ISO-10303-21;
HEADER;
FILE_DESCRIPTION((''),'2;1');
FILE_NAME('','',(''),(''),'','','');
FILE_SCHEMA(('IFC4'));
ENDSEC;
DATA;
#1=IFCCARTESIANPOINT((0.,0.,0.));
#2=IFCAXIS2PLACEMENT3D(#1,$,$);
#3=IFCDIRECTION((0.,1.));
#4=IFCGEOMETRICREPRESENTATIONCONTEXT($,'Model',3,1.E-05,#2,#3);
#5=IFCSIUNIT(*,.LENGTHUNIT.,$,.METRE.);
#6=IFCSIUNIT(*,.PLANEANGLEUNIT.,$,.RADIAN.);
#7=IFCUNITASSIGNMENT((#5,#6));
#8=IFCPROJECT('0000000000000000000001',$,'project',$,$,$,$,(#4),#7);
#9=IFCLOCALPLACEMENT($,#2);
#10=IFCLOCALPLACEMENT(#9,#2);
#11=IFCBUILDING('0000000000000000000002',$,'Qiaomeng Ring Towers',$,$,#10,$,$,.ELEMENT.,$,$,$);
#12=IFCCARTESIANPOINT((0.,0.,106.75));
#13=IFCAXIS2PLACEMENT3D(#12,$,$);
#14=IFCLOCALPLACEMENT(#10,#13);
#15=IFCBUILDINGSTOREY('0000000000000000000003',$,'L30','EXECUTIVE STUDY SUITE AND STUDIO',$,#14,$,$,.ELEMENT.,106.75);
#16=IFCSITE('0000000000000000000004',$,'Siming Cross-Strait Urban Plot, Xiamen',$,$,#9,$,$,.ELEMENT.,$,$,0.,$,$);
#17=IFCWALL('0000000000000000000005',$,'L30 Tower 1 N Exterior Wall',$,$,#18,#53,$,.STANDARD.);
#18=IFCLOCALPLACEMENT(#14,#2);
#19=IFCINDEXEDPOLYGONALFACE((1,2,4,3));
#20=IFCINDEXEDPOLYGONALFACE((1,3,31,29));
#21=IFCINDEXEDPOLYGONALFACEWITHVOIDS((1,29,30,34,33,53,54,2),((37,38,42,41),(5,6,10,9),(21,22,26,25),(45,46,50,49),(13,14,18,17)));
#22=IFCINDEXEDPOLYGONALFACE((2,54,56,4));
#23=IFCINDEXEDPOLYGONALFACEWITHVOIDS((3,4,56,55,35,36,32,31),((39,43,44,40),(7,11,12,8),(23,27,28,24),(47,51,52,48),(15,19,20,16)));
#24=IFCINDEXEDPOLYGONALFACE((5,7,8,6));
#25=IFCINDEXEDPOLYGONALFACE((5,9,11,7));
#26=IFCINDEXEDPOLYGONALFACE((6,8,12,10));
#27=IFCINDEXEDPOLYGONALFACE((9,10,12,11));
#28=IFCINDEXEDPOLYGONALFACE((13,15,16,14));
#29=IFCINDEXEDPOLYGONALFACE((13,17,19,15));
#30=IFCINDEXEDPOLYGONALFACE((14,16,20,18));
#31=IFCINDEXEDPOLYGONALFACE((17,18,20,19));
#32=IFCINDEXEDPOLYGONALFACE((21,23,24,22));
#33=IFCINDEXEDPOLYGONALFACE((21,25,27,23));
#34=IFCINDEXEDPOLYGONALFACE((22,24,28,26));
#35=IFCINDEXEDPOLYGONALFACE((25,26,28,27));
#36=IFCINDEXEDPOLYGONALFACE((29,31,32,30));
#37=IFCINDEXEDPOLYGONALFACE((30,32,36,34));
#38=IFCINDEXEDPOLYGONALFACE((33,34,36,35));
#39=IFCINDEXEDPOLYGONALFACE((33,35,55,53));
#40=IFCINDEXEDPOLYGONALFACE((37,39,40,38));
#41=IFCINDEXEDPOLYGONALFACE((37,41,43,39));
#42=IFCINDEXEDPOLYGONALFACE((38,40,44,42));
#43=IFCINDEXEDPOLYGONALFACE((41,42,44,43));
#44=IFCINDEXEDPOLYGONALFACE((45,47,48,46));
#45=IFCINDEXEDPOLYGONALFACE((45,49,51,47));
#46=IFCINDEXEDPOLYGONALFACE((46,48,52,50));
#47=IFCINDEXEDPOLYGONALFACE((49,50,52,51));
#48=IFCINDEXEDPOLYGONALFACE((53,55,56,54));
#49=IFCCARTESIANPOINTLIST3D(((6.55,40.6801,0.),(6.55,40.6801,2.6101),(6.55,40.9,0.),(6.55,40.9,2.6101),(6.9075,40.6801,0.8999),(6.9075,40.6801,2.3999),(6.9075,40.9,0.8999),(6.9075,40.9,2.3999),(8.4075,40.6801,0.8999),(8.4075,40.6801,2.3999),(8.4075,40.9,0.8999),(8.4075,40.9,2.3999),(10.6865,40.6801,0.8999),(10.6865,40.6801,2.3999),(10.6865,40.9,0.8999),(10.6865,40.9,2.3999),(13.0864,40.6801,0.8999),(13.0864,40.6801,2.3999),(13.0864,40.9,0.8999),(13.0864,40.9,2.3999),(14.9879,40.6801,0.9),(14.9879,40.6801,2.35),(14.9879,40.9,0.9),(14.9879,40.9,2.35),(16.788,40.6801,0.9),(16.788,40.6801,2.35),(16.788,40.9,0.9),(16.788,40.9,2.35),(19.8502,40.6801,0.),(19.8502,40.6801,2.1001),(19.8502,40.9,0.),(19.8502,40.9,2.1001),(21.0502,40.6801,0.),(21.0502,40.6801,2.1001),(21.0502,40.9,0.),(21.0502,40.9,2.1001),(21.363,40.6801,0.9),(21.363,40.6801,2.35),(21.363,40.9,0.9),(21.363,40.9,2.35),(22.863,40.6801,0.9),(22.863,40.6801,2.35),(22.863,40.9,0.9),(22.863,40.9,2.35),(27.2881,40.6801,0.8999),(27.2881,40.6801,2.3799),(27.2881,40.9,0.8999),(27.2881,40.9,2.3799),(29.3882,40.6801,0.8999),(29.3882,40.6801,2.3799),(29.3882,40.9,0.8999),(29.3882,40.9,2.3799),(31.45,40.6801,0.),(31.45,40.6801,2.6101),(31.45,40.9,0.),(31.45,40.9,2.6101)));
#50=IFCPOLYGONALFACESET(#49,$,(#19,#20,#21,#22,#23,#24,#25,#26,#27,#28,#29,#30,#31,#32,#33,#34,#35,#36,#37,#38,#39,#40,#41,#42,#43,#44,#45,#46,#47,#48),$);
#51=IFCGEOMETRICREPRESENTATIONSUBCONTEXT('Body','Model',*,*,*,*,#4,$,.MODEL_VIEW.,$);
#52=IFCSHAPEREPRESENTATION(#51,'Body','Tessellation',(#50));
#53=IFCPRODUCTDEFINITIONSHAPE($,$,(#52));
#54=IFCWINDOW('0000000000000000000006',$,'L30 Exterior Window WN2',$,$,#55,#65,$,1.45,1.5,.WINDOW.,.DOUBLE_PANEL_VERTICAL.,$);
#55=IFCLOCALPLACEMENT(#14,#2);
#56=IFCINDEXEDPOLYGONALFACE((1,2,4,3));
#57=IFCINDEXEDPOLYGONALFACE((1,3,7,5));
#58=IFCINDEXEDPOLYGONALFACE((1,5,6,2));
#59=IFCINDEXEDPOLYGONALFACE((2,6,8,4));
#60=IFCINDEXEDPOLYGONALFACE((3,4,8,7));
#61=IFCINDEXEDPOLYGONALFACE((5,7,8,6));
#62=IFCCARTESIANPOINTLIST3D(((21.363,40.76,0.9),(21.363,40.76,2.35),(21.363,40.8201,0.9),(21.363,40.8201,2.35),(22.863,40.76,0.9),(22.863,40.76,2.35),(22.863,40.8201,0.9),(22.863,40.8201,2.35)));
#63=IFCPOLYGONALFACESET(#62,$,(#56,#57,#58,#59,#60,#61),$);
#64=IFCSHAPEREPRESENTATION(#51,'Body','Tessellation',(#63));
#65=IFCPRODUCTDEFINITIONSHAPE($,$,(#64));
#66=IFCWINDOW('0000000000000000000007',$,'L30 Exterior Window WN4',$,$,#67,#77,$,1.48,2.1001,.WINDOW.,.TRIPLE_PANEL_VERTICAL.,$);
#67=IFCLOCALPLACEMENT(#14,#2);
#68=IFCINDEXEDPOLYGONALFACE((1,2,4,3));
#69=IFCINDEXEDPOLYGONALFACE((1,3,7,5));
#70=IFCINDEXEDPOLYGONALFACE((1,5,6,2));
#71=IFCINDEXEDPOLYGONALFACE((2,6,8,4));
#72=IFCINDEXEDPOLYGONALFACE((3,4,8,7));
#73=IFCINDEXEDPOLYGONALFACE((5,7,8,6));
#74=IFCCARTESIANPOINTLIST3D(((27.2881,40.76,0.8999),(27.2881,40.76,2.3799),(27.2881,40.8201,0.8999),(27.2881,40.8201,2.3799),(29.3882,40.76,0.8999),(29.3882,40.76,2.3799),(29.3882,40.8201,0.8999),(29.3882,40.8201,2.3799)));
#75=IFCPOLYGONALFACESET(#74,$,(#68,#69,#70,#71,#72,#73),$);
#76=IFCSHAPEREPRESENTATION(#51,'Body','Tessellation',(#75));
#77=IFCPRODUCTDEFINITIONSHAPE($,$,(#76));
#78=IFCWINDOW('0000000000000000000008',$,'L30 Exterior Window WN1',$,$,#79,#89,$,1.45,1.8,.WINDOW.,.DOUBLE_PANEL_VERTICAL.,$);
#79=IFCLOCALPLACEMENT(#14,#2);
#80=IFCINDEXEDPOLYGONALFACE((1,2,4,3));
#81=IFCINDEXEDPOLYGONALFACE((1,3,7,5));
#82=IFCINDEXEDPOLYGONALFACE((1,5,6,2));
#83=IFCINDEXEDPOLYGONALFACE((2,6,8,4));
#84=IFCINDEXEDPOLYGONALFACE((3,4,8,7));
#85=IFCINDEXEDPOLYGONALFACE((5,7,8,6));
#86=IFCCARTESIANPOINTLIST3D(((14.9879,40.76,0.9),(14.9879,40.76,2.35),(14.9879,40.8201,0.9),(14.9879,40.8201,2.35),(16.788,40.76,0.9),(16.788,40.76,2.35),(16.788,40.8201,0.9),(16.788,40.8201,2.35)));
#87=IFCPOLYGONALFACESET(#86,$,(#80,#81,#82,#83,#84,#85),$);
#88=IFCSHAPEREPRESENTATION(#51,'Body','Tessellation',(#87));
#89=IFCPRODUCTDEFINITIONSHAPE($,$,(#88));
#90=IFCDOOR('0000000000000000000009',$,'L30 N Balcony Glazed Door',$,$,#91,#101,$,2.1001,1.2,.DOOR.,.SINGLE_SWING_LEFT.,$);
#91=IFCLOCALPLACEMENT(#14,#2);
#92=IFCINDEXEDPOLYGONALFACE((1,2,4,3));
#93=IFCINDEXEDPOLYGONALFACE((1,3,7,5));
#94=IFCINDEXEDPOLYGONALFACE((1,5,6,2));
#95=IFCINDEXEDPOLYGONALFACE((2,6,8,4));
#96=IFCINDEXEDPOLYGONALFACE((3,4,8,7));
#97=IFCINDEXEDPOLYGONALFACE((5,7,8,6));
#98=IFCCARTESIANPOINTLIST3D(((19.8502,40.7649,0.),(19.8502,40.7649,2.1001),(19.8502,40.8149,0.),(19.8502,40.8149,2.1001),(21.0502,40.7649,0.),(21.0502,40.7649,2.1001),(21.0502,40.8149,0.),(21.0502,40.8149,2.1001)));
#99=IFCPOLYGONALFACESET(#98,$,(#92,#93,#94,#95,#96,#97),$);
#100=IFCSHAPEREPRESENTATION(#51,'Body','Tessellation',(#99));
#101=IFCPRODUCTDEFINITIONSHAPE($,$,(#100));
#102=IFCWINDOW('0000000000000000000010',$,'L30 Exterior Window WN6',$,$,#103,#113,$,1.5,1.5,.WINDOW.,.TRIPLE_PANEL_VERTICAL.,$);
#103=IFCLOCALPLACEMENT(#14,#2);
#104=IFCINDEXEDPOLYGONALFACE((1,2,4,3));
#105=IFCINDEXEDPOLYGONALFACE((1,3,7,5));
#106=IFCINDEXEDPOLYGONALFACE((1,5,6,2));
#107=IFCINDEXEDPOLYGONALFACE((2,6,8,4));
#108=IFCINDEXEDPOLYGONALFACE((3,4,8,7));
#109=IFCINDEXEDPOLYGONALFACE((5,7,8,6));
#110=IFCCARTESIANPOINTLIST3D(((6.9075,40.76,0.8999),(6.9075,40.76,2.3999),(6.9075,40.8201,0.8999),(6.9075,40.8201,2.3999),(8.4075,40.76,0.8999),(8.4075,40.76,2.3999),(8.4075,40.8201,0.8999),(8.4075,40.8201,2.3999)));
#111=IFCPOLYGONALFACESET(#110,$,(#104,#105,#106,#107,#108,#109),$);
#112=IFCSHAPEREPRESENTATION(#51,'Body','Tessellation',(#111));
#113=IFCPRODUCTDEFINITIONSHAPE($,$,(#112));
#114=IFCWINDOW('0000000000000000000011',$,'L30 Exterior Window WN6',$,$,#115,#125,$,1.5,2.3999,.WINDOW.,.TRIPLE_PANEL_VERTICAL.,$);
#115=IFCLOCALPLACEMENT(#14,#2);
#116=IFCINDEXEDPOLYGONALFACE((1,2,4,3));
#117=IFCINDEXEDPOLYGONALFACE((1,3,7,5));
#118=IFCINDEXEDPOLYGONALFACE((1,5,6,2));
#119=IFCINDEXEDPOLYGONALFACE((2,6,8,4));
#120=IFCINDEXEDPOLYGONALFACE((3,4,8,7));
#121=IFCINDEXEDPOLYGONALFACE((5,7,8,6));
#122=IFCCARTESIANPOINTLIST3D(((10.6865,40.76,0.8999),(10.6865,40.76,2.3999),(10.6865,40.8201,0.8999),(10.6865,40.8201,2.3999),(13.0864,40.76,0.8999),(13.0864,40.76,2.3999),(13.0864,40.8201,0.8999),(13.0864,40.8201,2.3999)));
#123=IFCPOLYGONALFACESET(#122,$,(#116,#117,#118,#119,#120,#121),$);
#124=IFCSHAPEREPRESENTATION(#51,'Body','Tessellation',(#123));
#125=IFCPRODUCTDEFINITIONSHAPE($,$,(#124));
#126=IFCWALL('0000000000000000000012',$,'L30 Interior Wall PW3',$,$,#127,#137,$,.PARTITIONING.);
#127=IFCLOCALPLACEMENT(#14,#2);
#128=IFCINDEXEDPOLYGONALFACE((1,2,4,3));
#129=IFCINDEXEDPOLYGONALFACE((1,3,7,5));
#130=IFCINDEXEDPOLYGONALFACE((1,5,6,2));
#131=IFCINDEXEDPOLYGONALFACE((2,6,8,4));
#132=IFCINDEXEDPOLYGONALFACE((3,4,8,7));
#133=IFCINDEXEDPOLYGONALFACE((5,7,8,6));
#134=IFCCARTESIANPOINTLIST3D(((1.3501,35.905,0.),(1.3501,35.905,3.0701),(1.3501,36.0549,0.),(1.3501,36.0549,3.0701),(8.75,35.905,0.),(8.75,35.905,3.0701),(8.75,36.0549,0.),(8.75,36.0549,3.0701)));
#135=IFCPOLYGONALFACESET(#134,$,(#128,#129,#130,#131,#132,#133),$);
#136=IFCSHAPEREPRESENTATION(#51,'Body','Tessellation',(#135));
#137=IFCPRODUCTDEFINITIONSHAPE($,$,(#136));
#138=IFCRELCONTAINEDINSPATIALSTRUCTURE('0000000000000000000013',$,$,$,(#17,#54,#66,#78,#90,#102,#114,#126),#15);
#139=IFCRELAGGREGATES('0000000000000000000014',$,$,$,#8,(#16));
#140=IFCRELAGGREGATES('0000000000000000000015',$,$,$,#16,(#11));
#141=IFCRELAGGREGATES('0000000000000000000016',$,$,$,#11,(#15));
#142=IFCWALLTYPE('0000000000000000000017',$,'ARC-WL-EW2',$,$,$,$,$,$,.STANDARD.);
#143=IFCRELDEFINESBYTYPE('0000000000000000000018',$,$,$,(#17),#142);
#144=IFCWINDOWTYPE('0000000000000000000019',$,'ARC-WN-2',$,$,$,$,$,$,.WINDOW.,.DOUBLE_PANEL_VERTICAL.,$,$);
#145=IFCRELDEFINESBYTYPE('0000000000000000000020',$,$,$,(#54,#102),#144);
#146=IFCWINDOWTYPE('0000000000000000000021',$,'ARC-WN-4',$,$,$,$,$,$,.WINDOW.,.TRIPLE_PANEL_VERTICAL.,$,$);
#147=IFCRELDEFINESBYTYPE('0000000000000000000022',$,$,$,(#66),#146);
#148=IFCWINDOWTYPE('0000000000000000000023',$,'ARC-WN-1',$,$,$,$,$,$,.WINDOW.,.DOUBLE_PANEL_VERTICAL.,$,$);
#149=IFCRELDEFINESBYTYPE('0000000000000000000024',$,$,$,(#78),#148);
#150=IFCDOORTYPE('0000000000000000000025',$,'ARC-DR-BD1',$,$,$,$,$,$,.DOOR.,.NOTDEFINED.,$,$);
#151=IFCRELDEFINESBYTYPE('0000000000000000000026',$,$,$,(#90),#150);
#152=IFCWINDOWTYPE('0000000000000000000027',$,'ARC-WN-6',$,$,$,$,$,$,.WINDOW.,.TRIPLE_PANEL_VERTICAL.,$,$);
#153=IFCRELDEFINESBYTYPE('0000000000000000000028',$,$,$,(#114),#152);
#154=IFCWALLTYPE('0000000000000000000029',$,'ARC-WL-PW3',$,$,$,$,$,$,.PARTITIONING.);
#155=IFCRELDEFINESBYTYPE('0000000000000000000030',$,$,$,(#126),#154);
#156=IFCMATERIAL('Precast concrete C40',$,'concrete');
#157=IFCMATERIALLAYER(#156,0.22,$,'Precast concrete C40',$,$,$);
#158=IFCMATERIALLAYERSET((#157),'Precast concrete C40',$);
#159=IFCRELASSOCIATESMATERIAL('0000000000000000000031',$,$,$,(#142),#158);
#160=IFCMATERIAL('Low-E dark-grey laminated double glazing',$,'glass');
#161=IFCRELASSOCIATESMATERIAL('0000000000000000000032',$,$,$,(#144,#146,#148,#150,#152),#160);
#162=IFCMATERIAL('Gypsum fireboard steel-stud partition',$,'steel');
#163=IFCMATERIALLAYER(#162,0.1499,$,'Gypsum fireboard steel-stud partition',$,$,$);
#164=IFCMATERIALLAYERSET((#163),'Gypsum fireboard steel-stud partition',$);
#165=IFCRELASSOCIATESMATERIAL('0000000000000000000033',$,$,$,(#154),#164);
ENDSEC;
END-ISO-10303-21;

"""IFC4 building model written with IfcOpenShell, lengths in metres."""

from ifc_helpers import new_model, si_unit, direction, frame, frame_2d, origin, place, context, subcontext, project, spatial, rectangle, extrude, source, transform, mapped, material, layer, layer_set, type_object, element, fill, save


model = new_model("IFC4")

# Units and contexts
model_context = context("Model", 3, precision=1e-05, world=origin(), true_north=direction((0.0, 1.0)))
body_context = subcontext(model_context, "Body", "Model", "MODEL_VIEW")
ifc_project = project(units=[si_unit("LENGTHUNIT", "METRE"), si_unit("PLANEANGLEUNIT", "RADIAN")], contexts=[model_context])

# Site, building, storey
site_placement = place(None, origin())
site = spatial("IfcSite", under=ifc_project, at=site_placement, Name="Siming Cross-Strait Urban Plot, Xiamen", CompositionType="ELEMENT", RefElevation=0.0)
building_placement = place(site_placement, origin())
building = spatial("IfcBuilding", under=site, at=building_placement, Name="Qiaomeng Ring Towers", CompositionType="ELEMENT")
storey_placement = place(building_placement, frame((0.0, 0.0, 106.75)))
storey = spatial("IfcBuildingStorey", under=building, at=storey_placement, Name="L30", Description="EXECUTIVE STUDY SUITE AND STUDIO", CompositionType="ELEMENT", Elevation=106.75)

# Shared definitions
ifc_material_1 = material(Name="Low-E dark-grey laminated double glazing", Category="glass")

# Wall, openings, windows, door
ifc_material_2 = material(Name="Precast concrete C40", Category="concrete")
ifc_layer_1 = layer(ifc_material_2, 0.22, Name="Precast concrete C40")
ifc_layer_set_1 = layer_set([ifc_layer_1], Name="Precast concrete C40")
wall_type_1 = type_object("IfcWallType", Name="ARC-WL-EW2", PredefinedType="STANDARD", material=ifc_layer_set_1)
wall_1_placement = place(storey_placement, frame((6.55, 40.79, 0.0), z_axis=(0.0, 0.0, 1.0), x_axis=(1.0, 0.0, 0.0)))
wall_1 = element("IfcWall", 1, at=wall_1_placement, inside=storey, type_object=wall_type_1, Name="L30 Tower 1 N Exterior Wall", PredefinedType="STANDARD", context=body_context, shape_type="SweptSolid", body=[
    extrude(rectangle(XDim=24.8999, YDim=0.22, at=frame_2d((12.45, 0.0))), origin(), (0.0, 0.0, 1.0), 2.6101),
])
opening_1_placement = place(wall_1_placement, frame((13.3, 0.0, 0.0)))
opening_1 = element("IfcOpeningElement", 2, at=opening_1_placement, cuts=wall_1, PredefinedType="OPENING", context=body_context, shape_type="SweptSolid", body=[
    extrude(rectangle(XDim=1.2, YDim=2.1001, at=frame_2d((0.6001, 1.05))), frame((0.0, 0.1199, 0.0), z_axis=(0.0, -1.0, 0.0), x_axis=(1.0, 0.0, 0.0)), (0.0, 0.0, 1.0), 0.24),
])
opening_2_placement = place(wall_1_placement, frame((0.3574, 0.0, 0.8999)))
opening_2 = element("IfcOpeningElement", 3, at=opening_2_placement, cuts=wall_1, PredefinedType="OPENING", context=body_context, shape_type="SweptSolid", body=[
    extrude(rectangle(XDim=1.5, YDim=1.5, at=frame_2d((0.75, 0.75))), frame((0.0, 0.1199, 0.0), z_axis=(0.0, -1.0, 0.0), x_axis=(1.0, 0.0, 0.0)), (0.0, 0.0, 1.0), 0.24),
])
opening_3_placement = place(wall_1_placement, frame((8.438, 0.0, 0.8999)))
opening_3 = element("IfcOpeningElement", 4, at=opening_3_placement, cuts=wall_1, PredefinedType="OPENING", context=body_context, shape_type="SweptSolid", body=[
    extrude(rectangle(XDim=1.8, YDim=1.45, at=frame_2d((0.8999, 0.7251))), frame((0.0, 0.1199, 0.0), z_axis=(0.0, -1.0, 0.0), x_axis=(1.0, 0.0, 0.0)), (0.0, 0.0, 1.0), 0.24),
])
opening_4_placement = place(wall_1_placement, frame((14.813, 0.0, 0.8999)))
opening_4 = element("IfcOpeningElement", 5, at=opening_4_placement, cuts=wall_1, PredefinedType="OPENING", context=body_context, shape_type="SweptSolid", body=[
    extrude(rectangle(XDim=1.5, YDim=1.45, at=frame_2d((0.75, 0.7251))), frame((0.0, 0.1199, 0.0), z_axis=(0.0, -1.0, 0.0), x_axis=(1.0, 0.0, 0.0)), (0.0, 0.0, 1.0), 0.24),
])
opening_5_placement = place(wall_1_placement, frame((20.738, 0.0, 0.8999)))
opening_5 = element("IfcOpeningElement", 6, at=opening_5_placement, cuts=wall_1, PredefinedType="OPENING", context=body_context, shape_type="SweptSolid", body=[
    extrude(rectangle(XDim=2.1001, YDim=1.48, at=frame_2d((1.05, 0.74))), frame((0.0, 0.1199, 0.0), z_axis=(0.0, -1.0, 0.0), x_axis=(1.0, 0.0, 0.0)), (0.0, 0.0, 1.0), 0.24),
])
opening_6_placement = place(wall_1_placement, frame((4.1365, 0.0, 0.8999)))
opening_6 = element("IfcOpeningElement", 7, at=opening_6_placement, cuts=wall_1, PredefinedType="OPENING", context=body_context, shape_type="SweptSolid", body=[
    extrude(rectangle(XDim=2.3999, YDim=1.5, at=frame_2d((1.2, 0.75))), frame((0.0, 0.1199, 0.0), z_axis=(0.0, -1.0, 0.0), x_axis=(1.0, 0.0, 0.0)), (0.0, 0.0, 1.0), 0.24),
])
window_type_1 = type_object("IfcWindowType", Name="ARC-WN-2", PartitioningType="DOUBLE_PANEL_VERTICAL", PredefinedType="WINDOW", material=ifc_material_1)
shared_shape_1 = source(origin(), body_context, "Body", "SweptSolid", [
    extrude(rectangle(XDim=1.5, YDim=1.45, at=frame_2d((0.75, 0.7251))), frame((0.0, 0.03, 0.0), z_axis=(0.0, -1.0, 0.0), x_axis=(1.0, 0.0, 0.0)), (0.0, 0.0, 1.0), 0.0601),
])
window_1_placement = place(opening_4_placement, origin())
window_1 = element("IfcWindow", 8, at=window_1_placement, inside=storey, type_object=window_type_1, Name="L30 Exterior Window WN2", OverallHeight=1.45, OverallWidth=1.5, PartitioningType="DOUBLE_PANEL_VERTICAL", PredefinedType="WINDOW", context=body_context, shape_type="MappedRepresentation", body=[
    mapped(shared_shape_1, transform((0.0, 0.0, 0.0), x_axis=(1.0, 0.0, 0.0), y_axis=(0.0, 1.0, 0.0), z_axis=(0.0, 0.0, 1.0), scale=1.0)),
])
fill(opening_4, window_1)
window_type_2 = type_object("IfcWindowType", Name="ARC-WN-4", PartitioningType="TRIPLE_PANEL_VERTICAL", PredefinedType="WINDOW", material=ifc_material_1)
shared_shape_2 = source(origin(), body_context, "Body", "SweptSolid", [
    extrude(rectangle(XDim=2.1001, YDim=1.48, at=frame_2d((1.05, 0.74))), frame((0.0, 0.03, 0.0), z_axis=(0.0, -1.0, 0.0), x_axis=(1.0, 0.0, 0.0)), (0.0, 0.0, 1.0), 0.0601),
])
window_2_placement = place(opening_5_placement, origin())
window_2 = element("IfcWindow", 9, at=window_2_placement, inside=storey, type_object=window_type_2, Name="L30 Exterior Window WN4", OverallHeight=1.48, OverallWidth=2.1001, PartitioningType="TRIPLE_PANEL_VERTICAL", PredefinedType="WINDOW", context=body_context, shape_type="MappedRepresentation", body=[
    mapped(shared_shape_2, transform((0.0, 0.0, 0.0), x_axis=(1.0, 0.0, 0.0), y_axis=(0.0, 1.0, 0.0), z_axis=(0.0, 0.0, 1.0), scale=1.0)),
])
fill(opening_5, window_2)
window_type_3 = type_object("IfcWindowType", Name="ARC-WN-1", PartitioningType="DOUBLE_PANEL_VERTICAL", PredefinedType="WINDOW", material=ifc_material_1)
shared_shape_3 = source(origin(), body_context, "Body", "SweptSolid", [
    extrude(rectangle(XDim=1.8, YDim=1.45, at=frame_2d((0.8999, 0.7251))), frame((0.0, 0.03, 0.0), z_axis=(0.0, -1.0, 0.0), x_axis=(1.0, 0.0, 0.0)), (0.0, 0.0, 1.0), 0.0601),
])
window_3_placement = place(opening_3_placement, origin())
window_3 = element("IfcWindow", 10, at=window_3_placement, inside=storey, type_object=window_type_3, Name="L30 Exterior Window WN1", OverallHeight=1.45, OverallWidth=1.8, PartitioningType="DOUBLE_PANEL_VERTICAL", PredefinedType="WINDOW", context=body_context, shape_type="MappedRepresentation", body=[
    mapped(shared_shape_3, transform((0.0, 0.0, 0.0), x_axis=(1.0, 0.0, 0.0), y_axis=(0.0, 1.0, 0.0), z_axis=(0.0, 0.0, 1.0), scale=1.0)),
])
fill(opening_3, window_3)
door_type = type_object("IfcDoorType", Name="ARC-DR-BD1", OperationType="NOTDEFINED", PredefinedType="DOOR", material=ifc_material_1)
shared_shape_4 = source(origin(), body_context, "Body", "SweptSolid", [
    extrude(rectangle(XDim=1.2, YDim=2.1001, at=frame_2d((0.6001, 1.05))), frame((0.0, 0.0249, 0.0), z_axis=(0.0, -1.0, 0.0), x_axis=(1.0, 0.0, 0.0)), (0.0, 0.0, 1.0), 0.05),
])
door_placement = place(opening_1_placement, origin())
door = element("IfcDoor", 11, at=door_placement, inside=storey, type_object=door_type, Name="L30 N Balcony Glazed Door", OperationType="SINGLE_SWING_LEFT", OverallHeight=2.1001, OverallWidth=1.2, PredefinedType="DOOR", context=body_context, shape_type="MappedRepresentation", body=[
    mapped(shared_shape_4, transform((0.0, 0.0, 0.0), x_axis=(1.0, 0.0, 0.0), y_axis=(0.0, 1.0, 0.0), z_axis=(0.0, 0.0, 1.0), scale=1.0)),
])
fill(opening_1, door)
shared_shape_5 = source(origin(), body_context, "Body", "SweptSolid", [
    extrude(rectangle(XDim=1.5, YDim=1.5, at=frame_2d((0.75, 0.75))), frame((0.0, 0.03, 0.0), z_axis=(0.0, -1.0, 0.0), x_axis=(1.0, 0.0, 0.0)), (0.0, 0.0, 1.0), 0.0601),
])
window_4_placement = place(opening_2_placement, origin())
window_4 = element("IfcWindow", 12, at=window_4_placement, inside=storey, type_object=window_type_1, Name="L30 Exterior Window WN6", OverallHeight=1.5, OverallWidth=1.5, PartitioningType="TRIPLE_PANEL_VERTICAL", PredefinedType="WINDOW", context=body_context, shape_type="MappedRepresentation", body=[
    mapped(shared_shape_5, transform((0.0, 0.0, 0.0), x_axis=(1.0, 0.0, 0.0), y_axis=(0.0, 1.0, 0.0), z_axis=(0.0, 0.0, 1.0), scale=1.0)),
])
fill(opening_2, window_4)
window_type_4 = type_object("IfcWindowType", Name="ARC-WN-6", PartitioningType="TRIPLE_PANEL_VERTICAL", PredefinedType="WINDOW", material=ifc_material_1)
shared_shape_6 = source(origin(), body_context, "Body", "SweptSolid", [
    extrude(rectangle(XDim=2.3999, YDim=1.5, at=frame_2d((1.2, 0.75))), frame((0.0, 0.03, 0.0), z_axis=(0.0, -1.0, 0.0), x_axis=(1.0, 0.0, 0.0)), (0.0, 0.0, 1.0), 0.0601),
])
window_5_placement = place(opening_6_placement, origin())
window_5 = element("IfcWindow", 13, at=window_5_placement, inside=storey, type_object=window_type_4, Name="L30 Exterior Window WN6", OverallHeight=1.5, OverallWidth=2.3999, PartitioningType="TRIPLE_PANEL_VERTICAL", PredefinedType="WINDOW", context=body_context, shape_type="MappedRepresentation", body=[
    mapped(shared_shape_6, transform((0.0, 0.0, 0.0), x_axis=(1.0, 0.0, 0.0), y_axis=(0.0, 1.0, 0.0), z_axis=(0.0, 0.0, 1.0), scale=1.0)),
])
fill(opening_6, window_5)

# Wall
ifc_material_3 = material(Name="Gypsum fireboard steel-stud partition", Category="steel")
ifc_layer_2 = layer(ifc_material_3, 0.1499, Name="Gypsum fireboard steel-stud partition")
ifc_layer_set_2 = layer_set([ifc_layer_2], Name="Gypsum fireboard steel-stud partition")
wall_type_2 = type_object("IfcWallType", Name="ARC-WL-PW3", PredefinedType="PARTITIONING", material=ifc_layer_set_2)
wall_2_placement = place(storey_placement, frame((1.3501, 35.98, 0.0), z_axis=(0.0, 0.0, 1.0), x_axis=(1.0, 0.0, 0.0)))
element("IfcWall", 14, at=wall_2_placement, inside=storey, type_object=wall_type_2, Name="L30 Interior Wall PW3", PredefinedType="PARTITIONING", context=body_context, shape_type="SweptSolid", body=[
    extrude(rectangle(XDim=7.3999, YDim=0.1499, at=frame_2d((3.7, 0.0))), origin(), (0.0, 0.0, 1.0), 3.0701),
])

save(model, "model.ifc")
